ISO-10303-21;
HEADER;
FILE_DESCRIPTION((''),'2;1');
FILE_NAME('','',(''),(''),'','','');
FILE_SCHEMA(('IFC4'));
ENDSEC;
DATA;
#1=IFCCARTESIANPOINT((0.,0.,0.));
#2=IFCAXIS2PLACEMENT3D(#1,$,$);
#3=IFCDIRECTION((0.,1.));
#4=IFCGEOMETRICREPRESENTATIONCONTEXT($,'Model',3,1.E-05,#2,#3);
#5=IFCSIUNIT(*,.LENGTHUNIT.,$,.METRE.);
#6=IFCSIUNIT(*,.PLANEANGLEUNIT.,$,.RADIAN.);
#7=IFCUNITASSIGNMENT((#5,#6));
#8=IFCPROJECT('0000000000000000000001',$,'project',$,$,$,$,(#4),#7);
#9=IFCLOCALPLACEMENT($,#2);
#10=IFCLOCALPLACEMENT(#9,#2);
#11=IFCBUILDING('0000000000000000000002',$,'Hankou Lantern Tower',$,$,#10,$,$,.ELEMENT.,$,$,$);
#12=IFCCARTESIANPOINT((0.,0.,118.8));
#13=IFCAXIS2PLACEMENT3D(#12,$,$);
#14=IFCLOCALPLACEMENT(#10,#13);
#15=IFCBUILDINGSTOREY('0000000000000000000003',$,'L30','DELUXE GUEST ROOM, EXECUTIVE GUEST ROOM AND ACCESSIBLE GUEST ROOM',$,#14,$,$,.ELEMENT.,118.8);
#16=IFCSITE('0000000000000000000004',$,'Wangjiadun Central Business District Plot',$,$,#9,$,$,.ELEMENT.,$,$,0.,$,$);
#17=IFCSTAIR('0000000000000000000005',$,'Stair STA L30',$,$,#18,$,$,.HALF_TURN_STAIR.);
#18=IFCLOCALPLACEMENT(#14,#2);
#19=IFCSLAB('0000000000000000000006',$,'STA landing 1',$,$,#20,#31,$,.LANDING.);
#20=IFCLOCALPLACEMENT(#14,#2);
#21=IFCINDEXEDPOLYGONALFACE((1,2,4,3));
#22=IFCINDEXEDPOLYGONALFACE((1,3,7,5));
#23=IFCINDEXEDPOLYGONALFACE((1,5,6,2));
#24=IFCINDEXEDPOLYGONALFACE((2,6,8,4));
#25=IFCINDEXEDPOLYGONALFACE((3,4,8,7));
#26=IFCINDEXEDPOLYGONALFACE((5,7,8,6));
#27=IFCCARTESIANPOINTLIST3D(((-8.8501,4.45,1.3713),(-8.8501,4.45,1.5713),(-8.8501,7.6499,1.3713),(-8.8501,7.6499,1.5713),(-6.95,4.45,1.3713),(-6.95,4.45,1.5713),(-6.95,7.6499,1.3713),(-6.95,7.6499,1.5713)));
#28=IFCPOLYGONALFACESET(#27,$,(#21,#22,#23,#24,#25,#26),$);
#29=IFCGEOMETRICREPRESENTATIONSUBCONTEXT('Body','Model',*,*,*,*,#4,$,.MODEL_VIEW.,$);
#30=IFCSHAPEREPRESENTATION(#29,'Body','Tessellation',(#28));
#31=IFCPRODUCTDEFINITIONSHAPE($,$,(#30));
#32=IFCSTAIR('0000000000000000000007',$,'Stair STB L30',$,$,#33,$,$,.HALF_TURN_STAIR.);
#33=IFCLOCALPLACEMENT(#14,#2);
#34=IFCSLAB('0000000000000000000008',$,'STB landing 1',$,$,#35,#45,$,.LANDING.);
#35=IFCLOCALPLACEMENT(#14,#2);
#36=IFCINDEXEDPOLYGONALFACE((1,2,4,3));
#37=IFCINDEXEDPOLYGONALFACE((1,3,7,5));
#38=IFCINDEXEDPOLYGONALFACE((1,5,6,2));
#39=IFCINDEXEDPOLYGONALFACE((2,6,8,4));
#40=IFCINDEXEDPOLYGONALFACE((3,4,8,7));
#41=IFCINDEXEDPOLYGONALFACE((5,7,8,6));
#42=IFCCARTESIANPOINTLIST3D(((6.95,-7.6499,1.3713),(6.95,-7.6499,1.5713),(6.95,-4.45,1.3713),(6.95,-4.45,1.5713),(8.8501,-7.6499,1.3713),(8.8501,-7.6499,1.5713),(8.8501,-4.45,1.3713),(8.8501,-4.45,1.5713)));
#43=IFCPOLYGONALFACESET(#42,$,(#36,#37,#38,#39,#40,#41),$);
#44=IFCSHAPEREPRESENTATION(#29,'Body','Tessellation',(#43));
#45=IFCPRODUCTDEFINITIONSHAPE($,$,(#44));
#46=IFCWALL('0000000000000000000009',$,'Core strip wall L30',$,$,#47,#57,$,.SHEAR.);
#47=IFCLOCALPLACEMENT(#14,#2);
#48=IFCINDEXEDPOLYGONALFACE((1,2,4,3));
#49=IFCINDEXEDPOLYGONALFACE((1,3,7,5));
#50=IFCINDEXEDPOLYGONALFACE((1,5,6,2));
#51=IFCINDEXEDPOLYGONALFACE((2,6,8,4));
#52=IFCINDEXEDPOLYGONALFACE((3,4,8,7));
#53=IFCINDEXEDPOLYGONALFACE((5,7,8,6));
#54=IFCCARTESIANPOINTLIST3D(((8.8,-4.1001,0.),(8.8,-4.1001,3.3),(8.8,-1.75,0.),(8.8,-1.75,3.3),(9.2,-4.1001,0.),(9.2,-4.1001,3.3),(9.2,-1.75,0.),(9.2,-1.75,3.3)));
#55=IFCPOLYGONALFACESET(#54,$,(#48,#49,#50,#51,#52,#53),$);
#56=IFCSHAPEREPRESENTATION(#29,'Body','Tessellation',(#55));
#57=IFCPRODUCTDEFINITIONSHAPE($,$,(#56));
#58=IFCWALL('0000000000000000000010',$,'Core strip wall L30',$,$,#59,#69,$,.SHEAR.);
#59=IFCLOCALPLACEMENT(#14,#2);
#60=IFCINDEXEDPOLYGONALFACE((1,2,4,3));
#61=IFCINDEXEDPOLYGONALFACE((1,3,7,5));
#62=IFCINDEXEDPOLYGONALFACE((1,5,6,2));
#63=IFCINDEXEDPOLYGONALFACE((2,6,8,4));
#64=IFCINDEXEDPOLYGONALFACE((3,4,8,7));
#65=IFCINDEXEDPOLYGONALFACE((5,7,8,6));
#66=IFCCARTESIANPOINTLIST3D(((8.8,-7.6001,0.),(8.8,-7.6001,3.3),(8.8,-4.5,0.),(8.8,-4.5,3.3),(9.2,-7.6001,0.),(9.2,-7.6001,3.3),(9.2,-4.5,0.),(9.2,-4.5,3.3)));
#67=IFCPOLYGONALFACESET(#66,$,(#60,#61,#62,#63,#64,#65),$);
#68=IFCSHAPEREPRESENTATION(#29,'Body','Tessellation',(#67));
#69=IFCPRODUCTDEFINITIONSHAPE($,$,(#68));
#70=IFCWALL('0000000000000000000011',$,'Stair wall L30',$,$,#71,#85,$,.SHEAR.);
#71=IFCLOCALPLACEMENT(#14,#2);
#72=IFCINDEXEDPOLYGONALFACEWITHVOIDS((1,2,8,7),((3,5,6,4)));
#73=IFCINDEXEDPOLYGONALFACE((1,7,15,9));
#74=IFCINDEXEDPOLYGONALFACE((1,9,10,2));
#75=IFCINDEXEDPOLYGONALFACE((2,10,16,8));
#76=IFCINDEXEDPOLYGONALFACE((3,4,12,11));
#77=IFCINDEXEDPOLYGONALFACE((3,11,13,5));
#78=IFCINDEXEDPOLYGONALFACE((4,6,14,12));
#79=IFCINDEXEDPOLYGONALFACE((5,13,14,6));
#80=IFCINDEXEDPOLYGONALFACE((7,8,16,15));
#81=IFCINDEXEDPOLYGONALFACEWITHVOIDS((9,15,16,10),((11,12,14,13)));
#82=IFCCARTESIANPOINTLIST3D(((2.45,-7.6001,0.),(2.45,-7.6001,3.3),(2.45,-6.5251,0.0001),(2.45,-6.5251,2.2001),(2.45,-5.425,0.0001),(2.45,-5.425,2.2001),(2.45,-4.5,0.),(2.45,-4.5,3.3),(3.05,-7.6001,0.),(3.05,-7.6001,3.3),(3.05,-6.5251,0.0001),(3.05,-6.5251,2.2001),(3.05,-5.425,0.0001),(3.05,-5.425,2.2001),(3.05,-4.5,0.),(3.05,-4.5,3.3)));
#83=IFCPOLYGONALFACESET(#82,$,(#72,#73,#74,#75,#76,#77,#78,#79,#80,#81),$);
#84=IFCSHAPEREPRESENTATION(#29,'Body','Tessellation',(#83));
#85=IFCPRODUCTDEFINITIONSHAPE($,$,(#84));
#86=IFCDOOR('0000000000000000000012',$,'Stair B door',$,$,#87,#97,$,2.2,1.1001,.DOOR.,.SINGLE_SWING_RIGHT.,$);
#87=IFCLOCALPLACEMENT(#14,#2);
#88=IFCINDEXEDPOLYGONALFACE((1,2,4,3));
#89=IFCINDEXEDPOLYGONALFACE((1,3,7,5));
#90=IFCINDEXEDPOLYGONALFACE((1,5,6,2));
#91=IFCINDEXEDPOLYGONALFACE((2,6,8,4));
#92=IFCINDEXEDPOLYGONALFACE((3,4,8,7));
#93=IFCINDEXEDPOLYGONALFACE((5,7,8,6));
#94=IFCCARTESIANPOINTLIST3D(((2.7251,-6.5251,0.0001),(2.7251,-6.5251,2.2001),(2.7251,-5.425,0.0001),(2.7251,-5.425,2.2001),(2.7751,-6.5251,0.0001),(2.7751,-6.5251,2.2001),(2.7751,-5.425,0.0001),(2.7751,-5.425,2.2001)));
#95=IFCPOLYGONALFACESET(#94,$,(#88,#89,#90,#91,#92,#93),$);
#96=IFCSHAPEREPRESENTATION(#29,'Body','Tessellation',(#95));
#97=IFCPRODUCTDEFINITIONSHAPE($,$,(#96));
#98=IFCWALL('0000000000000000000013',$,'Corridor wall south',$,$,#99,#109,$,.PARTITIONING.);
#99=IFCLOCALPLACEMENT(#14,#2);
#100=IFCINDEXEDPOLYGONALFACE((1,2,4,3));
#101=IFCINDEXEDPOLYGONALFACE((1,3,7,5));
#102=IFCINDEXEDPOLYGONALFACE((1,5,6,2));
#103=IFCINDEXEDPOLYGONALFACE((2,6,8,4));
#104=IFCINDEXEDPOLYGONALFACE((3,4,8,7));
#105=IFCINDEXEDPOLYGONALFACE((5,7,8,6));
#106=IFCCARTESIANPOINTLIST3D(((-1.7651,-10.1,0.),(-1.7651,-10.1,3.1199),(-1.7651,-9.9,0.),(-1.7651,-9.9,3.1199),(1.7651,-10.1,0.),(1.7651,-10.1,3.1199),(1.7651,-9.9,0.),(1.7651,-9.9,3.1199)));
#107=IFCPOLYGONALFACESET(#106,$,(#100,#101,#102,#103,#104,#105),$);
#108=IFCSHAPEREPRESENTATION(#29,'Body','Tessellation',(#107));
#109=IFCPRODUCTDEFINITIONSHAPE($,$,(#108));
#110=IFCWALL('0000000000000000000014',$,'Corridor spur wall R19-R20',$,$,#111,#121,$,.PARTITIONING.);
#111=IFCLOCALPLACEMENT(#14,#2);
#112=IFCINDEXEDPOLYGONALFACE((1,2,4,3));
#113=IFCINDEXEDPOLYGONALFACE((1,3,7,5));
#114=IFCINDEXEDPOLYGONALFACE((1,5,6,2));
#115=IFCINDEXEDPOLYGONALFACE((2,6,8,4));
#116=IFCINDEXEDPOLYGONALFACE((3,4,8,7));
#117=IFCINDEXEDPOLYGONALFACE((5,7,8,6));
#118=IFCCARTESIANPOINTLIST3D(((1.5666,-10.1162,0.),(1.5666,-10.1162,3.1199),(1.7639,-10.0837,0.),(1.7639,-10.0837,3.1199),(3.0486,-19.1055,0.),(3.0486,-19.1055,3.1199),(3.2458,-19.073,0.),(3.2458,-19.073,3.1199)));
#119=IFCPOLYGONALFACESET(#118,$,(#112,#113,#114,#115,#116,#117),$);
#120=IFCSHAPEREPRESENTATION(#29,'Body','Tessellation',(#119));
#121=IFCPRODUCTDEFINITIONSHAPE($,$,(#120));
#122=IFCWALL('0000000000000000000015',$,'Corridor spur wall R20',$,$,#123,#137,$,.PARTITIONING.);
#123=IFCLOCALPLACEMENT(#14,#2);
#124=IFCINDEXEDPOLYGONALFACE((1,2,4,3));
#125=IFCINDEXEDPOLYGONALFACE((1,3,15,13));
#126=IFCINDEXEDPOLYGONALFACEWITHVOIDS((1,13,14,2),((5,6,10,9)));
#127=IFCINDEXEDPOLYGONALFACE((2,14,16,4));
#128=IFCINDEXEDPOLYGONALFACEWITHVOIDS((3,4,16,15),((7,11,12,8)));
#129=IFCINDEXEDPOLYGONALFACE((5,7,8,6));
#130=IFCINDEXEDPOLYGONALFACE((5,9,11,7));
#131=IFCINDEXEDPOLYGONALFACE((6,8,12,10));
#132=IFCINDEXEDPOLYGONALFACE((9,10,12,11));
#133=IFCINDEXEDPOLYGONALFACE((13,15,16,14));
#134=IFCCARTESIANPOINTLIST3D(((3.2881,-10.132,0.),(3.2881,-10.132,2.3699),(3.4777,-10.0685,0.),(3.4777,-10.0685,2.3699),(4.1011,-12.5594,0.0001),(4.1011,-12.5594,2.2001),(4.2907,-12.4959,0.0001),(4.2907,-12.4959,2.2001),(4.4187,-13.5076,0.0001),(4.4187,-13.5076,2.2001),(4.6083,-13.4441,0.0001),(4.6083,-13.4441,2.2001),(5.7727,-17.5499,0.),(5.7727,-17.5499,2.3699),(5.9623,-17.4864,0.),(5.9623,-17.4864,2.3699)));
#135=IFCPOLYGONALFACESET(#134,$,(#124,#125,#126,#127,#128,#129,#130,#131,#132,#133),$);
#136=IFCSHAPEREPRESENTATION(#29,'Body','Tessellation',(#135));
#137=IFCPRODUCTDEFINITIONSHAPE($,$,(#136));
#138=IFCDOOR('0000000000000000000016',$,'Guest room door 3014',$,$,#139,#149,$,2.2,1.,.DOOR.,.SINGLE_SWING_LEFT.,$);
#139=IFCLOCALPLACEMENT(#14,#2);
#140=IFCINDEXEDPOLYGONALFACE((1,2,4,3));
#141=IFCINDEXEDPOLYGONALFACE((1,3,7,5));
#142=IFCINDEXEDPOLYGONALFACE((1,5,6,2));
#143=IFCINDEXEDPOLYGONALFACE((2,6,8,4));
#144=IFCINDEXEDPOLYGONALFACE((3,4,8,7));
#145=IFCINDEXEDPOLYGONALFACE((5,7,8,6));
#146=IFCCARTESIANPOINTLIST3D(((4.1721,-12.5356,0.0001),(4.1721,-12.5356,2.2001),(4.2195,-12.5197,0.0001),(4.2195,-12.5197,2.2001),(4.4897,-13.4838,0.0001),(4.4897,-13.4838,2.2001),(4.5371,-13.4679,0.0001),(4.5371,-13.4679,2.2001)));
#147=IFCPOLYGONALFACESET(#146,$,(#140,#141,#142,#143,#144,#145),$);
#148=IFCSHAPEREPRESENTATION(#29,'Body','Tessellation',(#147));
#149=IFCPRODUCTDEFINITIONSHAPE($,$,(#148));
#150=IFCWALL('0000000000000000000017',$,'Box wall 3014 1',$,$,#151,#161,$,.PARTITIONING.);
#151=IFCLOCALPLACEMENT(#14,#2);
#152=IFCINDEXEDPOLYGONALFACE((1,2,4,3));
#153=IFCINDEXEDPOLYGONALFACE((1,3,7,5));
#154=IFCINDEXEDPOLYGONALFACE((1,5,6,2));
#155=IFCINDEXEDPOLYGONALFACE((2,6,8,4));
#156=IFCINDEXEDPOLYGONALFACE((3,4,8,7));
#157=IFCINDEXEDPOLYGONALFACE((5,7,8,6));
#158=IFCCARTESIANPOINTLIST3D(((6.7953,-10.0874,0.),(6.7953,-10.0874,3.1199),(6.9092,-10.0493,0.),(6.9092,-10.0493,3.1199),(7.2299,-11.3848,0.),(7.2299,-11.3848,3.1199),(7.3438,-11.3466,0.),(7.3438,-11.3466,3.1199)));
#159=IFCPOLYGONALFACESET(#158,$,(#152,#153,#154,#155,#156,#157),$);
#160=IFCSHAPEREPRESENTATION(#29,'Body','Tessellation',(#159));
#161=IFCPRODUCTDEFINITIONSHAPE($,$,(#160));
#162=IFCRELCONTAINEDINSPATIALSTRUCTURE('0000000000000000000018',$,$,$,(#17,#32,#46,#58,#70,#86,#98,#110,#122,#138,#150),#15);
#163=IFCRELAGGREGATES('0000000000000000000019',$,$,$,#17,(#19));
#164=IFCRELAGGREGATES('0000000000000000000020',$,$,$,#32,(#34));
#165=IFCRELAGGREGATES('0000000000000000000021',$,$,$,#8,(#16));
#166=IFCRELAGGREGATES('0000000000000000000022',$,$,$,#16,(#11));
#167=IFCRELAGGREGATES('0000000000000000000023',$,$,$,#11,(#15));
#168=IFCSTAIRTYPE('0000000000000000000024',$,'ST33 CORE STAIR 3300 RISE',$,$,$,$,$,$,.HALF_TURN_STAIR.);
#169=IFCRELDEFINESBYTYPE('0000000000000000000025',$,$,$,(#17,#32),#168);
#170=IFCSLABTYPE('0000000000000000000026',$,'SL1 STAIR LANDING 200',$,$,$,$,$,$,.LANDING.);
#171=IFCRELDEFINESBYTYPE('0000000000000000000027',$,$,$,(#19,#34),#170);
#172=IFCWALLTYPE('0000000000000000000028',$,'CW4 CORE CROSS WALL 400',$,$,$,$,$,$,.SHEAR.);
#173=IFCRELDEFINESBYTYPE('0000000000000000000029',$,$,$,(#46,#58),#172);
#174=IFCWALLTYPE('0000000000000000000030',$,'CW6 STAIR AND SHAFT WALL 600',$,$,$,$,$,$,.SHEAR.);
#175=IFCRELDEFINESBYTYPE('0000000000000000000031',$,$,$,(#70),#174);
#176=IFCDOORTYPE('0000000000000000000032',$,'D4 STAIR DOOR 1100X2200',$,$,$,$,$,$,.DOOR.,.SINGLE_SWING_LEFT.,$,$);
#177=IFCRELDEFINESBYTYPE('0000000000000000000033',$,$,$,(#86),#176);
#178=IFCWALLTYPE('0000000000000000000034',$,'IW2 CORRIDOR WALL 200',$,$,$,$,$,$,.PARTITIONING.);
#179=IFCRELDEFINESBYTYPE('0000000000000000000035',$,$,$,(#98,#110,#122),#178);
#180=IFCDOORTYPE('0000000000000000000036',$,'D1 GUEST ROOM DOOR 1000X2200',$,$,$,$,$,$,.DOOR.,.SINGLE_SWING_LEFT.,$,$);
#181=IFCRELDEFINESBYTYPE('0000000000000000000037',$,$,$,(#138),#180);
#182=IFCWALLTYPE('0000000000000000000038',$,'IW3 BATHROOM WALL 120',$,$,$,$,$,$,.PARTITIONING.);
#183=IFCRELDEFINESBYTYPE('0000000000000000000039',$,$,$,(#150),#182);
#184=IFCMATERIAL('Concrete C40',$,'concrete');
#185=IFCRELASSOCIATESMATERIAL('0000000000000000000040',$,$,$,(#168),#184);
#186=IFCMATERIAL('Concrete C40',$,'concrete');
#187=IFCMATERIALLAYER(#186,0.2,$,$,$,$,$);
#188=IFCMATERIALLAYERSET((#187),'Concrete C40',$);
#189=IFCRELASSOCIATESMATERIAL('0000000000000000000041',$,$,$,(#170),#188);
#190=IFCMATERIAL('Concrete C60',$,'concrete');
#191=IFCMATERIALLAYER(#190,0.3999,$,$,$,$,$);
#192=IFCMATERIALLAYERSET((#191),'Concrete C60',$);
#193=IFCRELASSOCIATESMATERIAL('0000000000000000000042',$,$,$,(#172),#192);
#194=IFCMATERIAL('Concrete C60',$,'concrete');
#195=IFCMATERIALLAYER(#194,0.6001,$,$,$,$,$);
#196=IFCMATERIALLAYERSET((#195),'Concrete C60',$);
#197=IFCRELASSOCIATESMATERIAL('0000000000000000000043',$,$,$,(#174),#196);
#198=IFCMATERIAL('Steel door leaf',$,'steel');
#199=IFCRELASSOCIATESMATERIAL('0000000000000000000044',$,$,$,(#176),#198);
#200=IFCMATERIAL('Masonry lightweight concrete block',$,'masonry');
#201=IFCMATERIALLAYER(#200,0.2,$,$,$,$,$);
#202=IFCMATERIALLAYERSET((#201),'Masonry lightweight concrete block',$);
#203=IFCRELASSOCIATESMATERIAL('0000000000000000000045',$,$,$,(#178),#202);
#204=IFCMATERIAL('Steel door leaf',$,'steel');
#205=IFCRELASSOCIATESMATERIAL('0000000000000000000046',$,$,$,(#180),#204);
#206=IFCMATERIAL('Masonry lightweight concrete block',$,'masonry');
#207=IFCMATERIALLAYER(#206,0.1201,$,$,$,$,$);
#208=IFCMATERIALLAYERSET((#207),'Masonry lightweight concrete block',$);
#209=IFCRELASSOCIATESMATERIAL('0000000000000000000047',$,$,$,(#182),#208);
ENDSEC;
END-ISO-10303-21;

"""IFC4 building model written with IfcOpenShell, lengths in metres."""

from ifc_helpers import new_model, si_unit, direction, frame, frame_2d, origin, place, context, subcontext, project, spatial, polyline, rectangle, outline, extrude, material, layer, layer_set, type_object, element, fill, aggregate, save


model = new_model("IFC4")

# Units and contexts
model_context = context("Model", 3, precision=1e-05, world=origin(), true_north=direction((0.0, 1.0)))
body_context = subcontext(model_context, "Body", "Model", "MODEL_VIEW")
ifc_project = project(units=[si_unit("LENGTHUNIT", "METRE"), si_unit("PLANEANGLEUNIT", "RADIAN")], contexts=[model_context])

# Site, building, storey
site_placement = place(None, origin())
site = spatial("IfcSite", under=ifc_project, at=site_placement, Name="Wangjiadun Central Business District Plot", CompositionType="ELEMENT", RefElevation=0.0)
building_placement = place(site_placement, origin())
building = spatial("IfcBuilding", under=site, at=building_placement, Name="Hankou Lantern Tower", CompositionType="ELEMENT")
storey_placement = place(building_placement, frame((0.0, 0.0, 118.8)))
storey = spatial("IfcBuildingStorey", under=building, at=storey_placement, Name="L30", Description="DELUXE GUEST ROOM, EXECUTIVE GUEST ROOM AND ACCESSIBLE GUEST ROOM", CompositionType="ELEMENT", Elevation=118.8)

# Stairs, slabs
ifc_material_1 = material(Name="Concrete C40", Category="concrete")
stair_type = type_object("IfcStairType", Name="ST33 CORE STAIR 3300 RISE", PredefinedType="HALF_TURN_STAIR", material=ifc_material_1)
stair_1_placement = place(storey_placement, origin())
stair_1 = element("IfcStair", 1, at=stair_1_placement, inside=storey, type_object=stair_type, Name="Stair STA L30", PredefinedType="HALF_TURN_STAIR")
ifc_material_2 = material(Name="Concrete C40", Category="concrete")
ifc_layer_1 = layer(ifc_material_2, 0.2)
ifc_layer_set_1 = layer_set([ifc_layer_1], Name="Concrete C40")
slab_type = type_object("IfcSlabType", Name="SL1 STAIR LANDING 200", PredefinedType="LANDING", material=ifc_layer_set_1)
slab_1_placement = place(storey_placement, frame((0.0, 0.0, 1.3713)))
slab_1 = element("IfcSlab", 2, at=slab_1_placement, type_object=slab_type, Name="STA landing 1", PredefinedType="LANDING", context=body_context, shape_type="SweptSolid", body=[
    extrude(outline(polyline([(-8.8501, 4.45), (-6.95, 4.45), (-6.95, 7.6499), (-8.8501, 7.6499), (-8.8501, 4.45)])), origin(), (0.0, 0.0, 1.0), 0.2),
])
aggregate(stair_1, [slab_1])
stair_2_placement = place(storey_placement, origin())
stair_2 = element("IfcStair", 3, at=stair_2_placement, inside=storey, type_object=stair_type, Name="Stair STB L30", PredefinedType="HALF_TURN_STAIR")
slab_2_placement = place(storey_placement, frame((0.0, 0.0, 1.3713)))
slab_2 = element("IfcSlab", 4, at=slab_2_placement, type_object=slab_type, Name="STB landing 1", PredefinedType="LANDING", context=body_context, shape_type="SweptSolid", body=[
    extrude(outline(polyline([(8.8501, -4.45), (6.95, -4.45), (6.95, -7.6499), (8.8501, -7.6499), (8.8501, -4.45)])), origin(), (0.0, 0.0, 1.0), 0.2),
])

# Walls
ifc_material_3 = material(Name="Concrete C60", Category="concrete")
ifc_layer_2 = layer(ifc_material_3, 0.3999)
ifc_layer_set_2 = layer_set([ifc_layer_2], Name="Concrete C60")
wall_type_1 = type_object("IfcWallType", Name="CW4 CORE CROSS WALL 400", PredefinedType="SHEAR", material=ifc_layer_set_2)
wall_1_placement = place(storey_placement, frame((9.0, -4.1001, 0.0), z_axis=(0.0, 0.0, 1.0), x_axis=(0.0, 1.0, 0.0)))
element("IfcWall", 5, at=wall_1_placement, inside=storey, type_object=wall_type_1, Name="Core strip wall L30", PredefinedType="SHEAR", context=body_context, shape_type="SweptSolid", body=[
    extrude(rectangle(XDim=2.3501, YDim=0.3999, at=frame_2d((1.175, 0.0))), origin(), (0.0, 0.0, 1.0), 3.3),
])
wall_2_placement = place(storey_placement, frame((9.0, -7.6001, 0.0), z_axis=(0.0, 0.0, 1.0), x_axis=(0.0, 1.0, 0.0)))
element("IfcWall", 6, at=wall_2_placement, inside=storey, type_object=wall_type_1, Name="Core strip wall L30", PredefinedType="SHEAR", context=body_context, shape_type="SweptSolid", body=[
    extrude(rectangle(XDim=3.1001, YDim=0.3999, at=frame_2d((1.55, 0.0))), origin(), (0.0, 0.0, 1.0), 3.3),
])

# Wall, opening, door
ifc_material_4 = material(Name="Concrete C60", Category="concrete")
ifc_layer_3 = layer(ifc_material_4, 0.6001)
ifc_layer_set_3 = layer_set([ifc_layer_3], Name="Concrete C60")
wall_type_2 = type_object("IfcWallType", Name="CW6 STAIR AND SHAFT WALL 600", PredefinedType="SHEAR", material=ifc_layer_set_3)
wall_3_placement = place(storey_placement, frame((2.75, -7.6001, 0.0), z_axis=(0.0, 0.0, 1.0), x_axis=(0.0, 1.0, 0.0)))
wall_3 = element("IfcWall", 7, at=wall_3_placement, inside=storey, type_object=wall_type_2, Name="Stair wall L30", PredefinedType="SHEAR", context=body_context, shape_type="SweptSolid", body=[
    extrude(rectangle(XDim=3.1001, YDim=0.6001, at=frame_2d((1.55, 0.0))), origin(), (0.0, 0.0, 1.0), 3.3),
])
opening_1_placement = place(wall_3_placement, frame((1.075, 0.0, 0.0)))
opening_1 = element("IfcOpeningElement", 8, at=opening_1_placement, cuts=wall_3, PredefinedType="OPENING", context=body_context, shape_type="SweptSolid", body=[
    extrude(rectangle(XDim=1.1001, YDim=2.2, at=frame_2d((0.55, 1.1001))), frame((0.0, 0.3101, 0.0), z_axis=(0.0, -1.0, 0.0), x_axis=(1.0, 0.0, 0.0)), (0.0, 0.0, 1.0), 0.6201),
])
ifc_material_5 = material(Name="Steel door leaf", Category="steel")
door_type_1 = type_object("IfcDoorType", Name="D4 STAIR DOOR 1100X2200", OperationType="SINGLE_SWING_LEFT", PredefinedType="DOOR", material=ifc_material_5)
door_1_placement = place(opening_1_placement, origin())
door_1 = element("IfcDoor", 9, at=door_1_placement, inside=storey, type_object=door_type_1, Name="Stair B door", OperationType="SINGLE_SWING_RIGHT", OverallHeight=2.2, OverallWidth=1.1001, PredefinedType="DOOR", context=body_context, shape_type="SweptSolid", body=[
    extrude(rectangle(XDim=1.1001, YDim=2.2, at=frame_2d((0.55, 1.1001))), frame((0.0, 0.0249, 0.0), z_axis=(0.0, -1.0, 0.0), x_axis=(1.0, 0.0, 0.0)), (0.0, 0.0, 1.0), 0.05),
])
fill(opening_1, door_1)

# Walls
ifc_material_6 = material(Name="Masonry lightweight concrete block", Category="masonry")
ifc_layer_4 = layer(ifc_material_6, 0.2)
ifc_layer_set_4 = layer_set([ifc_layer_4], Name="Masonry lightweight concrete block")
wall_type_3 = type_object("IfcWallType", Name="IW2 CORRIDOR WALL 200", PredefinedType="PARTITIONING", material=ifc_layer_set_4)
wall_4_placement = place(storey_placement, frame((1.7651, -10.0, 0.0), z_axis=(0.0, 0.0, 1.0), x_axis=(-1.0, 0.0, 0.0)))
element("IfcWall", 10, at=wall_4_placement, inside=storey, type_object=wall_type_3, Name="Corridor wall south", PredefinedType="PARTITIONING", context=body_context, shape_type="SweptSolid", body=[
    extrude(rectangle(XDim=3.5303, YDim=0.2, at=frame_2d((1.7651, 0.0))), origin(), (0.0, 0.0, 1.0), 3.1199),
])
wall_5_placement = place(storey_placement, frame((1.6653, -10.1001, 0.0), z_axis=(0.0, 0.0, 1.0), x_axis=(0.162661, -0.986682, 0.0)))
element("IfcWall", 11, at=wall_5_placement, inside=storey, type_object=wall_type_3, Name="Corridor spur wall R19-R20", PredefinedType="PARTITIONING", context=body_context, shape_type="SweptSolid", body=[
    extrude(rectangle(XDim=9.1106, YDim=0.2, at=frame_2d((4.5552, 0.0))), origin(), (0.0, 0.0, 1.0), 3.1199),
])

# Wall, opening, door
wall_6_placement = place(storey_placement, frame((3.3828, -10.1001, 0.0), z_axis=(0.0, 0.0, 1.0), x_axis=(0.317604, -0.948224, 0.0)))
wall_6 = element("IfcWall", 12, at=wall_6_placement, inside=storey, type_object=wall_type_3, Name="Corridor spur wall R20", PredefinedType="PARTITIONING", context=body_context, shape_type="SweptSolid", body=[
    extrude(rectangle(XDim=7.823, YDim=0.2, at=frame_2d((3.9116, 0.0))), origin(), (0.0, 0.0, 1.0), 2.3699),
])
opening_2_placement = place(wall_6_placement, frame((2.5601, 0.0, 0.0)))
opening_2 = element("IfcOpeningElement", 13, at=opening_2_placement, cuts=wall_6, PredefinedType="OPENING", context=body_context, shape_type="SweptSolid", body=[
    extrude(rectangle(XDim=1.0, YDim=2.2, at=frame_2d((0.5, 1.1001))), frame((0.0, 0.1099, 0.0), z_axis=(0.0, -1.0, 0.0), x_axis=(1.0, 0.0, 0.0)), (0.0, 0.0, 1.0), 0.22),
])
ifc_material_7 = material(Name="Steel door leaf", Category="steel")
door_type_2 = type_object("IfcDoorType", Name="D1 GUEST ROOM DOOR 1000X2200", OperationType="SINGLE_SWING_LEFT", PredefinedType="DOOR", material=ifc_material_7)
door_2_placement = place(opening_2_placement, origin())
door_2 = element("IfcDoor", 14, at=door_2_placement, inside=storey, type_object=door_type_2, Name="Guest room door 3014", OperationType="SINGLE_SWING_LEFT", OverallHeight=2.2, OverallWidth=1.0, PredefinedType="DOOR", context=body_context, shape_type="SweptSolid", body=[
    extrude(rectangle(XDim=1.0, YDim=2.2, at=frame_2d((0.5, 1.1001))), frame((0.0, 0.0249, 0.0), z_axis=(0.0, -1.0, 0.0), x_axis=(1.0, 0.0, 0.0)), (0.0, 0.0, 1.0), 0.05),
])
fill(opening_2, door_2)

# Wall
ifc_material_8 = material(Name="Masonry lightweight concrete block", Category="masonry")
ifc_layer_5 = layer(ifc_material_8, 0.1201)
ifc_layer_set_5 = layer_set([ifc_layer_5], Name="Masonry lightweight concrete block")
wall_type_4 = type_object("IfcWallType", Name="IW3 BATHROOM WALL 120", PredefinedType="PARTITIONING", material=ifc_layer_set_5)
wall_7_placement = place(storey_placement, frame((6.8523, -10.0684, 0.0), z_axis=(0.0, 0.0, 1.0), x_axis=(0.317619, -0.948218, 0.0)))
element("IfcWall", 15, at=wall_7_placement, inside=storey, type_object=wall_type_4, Name="Box wall 3014 1", PredefinedType="PARTITIONING", context=body_context, shape_type="SweptSolid", body=[
    extrude(rectangle(XDim=1.3682, YDim=0.1201, at=frame_2d((0.6841, 0.0))), origin(), (0.0, 0.0, 1.0), 3.1199),
])

aggregate(stair_2, [slab_2])

save(model, "model.ifc")
